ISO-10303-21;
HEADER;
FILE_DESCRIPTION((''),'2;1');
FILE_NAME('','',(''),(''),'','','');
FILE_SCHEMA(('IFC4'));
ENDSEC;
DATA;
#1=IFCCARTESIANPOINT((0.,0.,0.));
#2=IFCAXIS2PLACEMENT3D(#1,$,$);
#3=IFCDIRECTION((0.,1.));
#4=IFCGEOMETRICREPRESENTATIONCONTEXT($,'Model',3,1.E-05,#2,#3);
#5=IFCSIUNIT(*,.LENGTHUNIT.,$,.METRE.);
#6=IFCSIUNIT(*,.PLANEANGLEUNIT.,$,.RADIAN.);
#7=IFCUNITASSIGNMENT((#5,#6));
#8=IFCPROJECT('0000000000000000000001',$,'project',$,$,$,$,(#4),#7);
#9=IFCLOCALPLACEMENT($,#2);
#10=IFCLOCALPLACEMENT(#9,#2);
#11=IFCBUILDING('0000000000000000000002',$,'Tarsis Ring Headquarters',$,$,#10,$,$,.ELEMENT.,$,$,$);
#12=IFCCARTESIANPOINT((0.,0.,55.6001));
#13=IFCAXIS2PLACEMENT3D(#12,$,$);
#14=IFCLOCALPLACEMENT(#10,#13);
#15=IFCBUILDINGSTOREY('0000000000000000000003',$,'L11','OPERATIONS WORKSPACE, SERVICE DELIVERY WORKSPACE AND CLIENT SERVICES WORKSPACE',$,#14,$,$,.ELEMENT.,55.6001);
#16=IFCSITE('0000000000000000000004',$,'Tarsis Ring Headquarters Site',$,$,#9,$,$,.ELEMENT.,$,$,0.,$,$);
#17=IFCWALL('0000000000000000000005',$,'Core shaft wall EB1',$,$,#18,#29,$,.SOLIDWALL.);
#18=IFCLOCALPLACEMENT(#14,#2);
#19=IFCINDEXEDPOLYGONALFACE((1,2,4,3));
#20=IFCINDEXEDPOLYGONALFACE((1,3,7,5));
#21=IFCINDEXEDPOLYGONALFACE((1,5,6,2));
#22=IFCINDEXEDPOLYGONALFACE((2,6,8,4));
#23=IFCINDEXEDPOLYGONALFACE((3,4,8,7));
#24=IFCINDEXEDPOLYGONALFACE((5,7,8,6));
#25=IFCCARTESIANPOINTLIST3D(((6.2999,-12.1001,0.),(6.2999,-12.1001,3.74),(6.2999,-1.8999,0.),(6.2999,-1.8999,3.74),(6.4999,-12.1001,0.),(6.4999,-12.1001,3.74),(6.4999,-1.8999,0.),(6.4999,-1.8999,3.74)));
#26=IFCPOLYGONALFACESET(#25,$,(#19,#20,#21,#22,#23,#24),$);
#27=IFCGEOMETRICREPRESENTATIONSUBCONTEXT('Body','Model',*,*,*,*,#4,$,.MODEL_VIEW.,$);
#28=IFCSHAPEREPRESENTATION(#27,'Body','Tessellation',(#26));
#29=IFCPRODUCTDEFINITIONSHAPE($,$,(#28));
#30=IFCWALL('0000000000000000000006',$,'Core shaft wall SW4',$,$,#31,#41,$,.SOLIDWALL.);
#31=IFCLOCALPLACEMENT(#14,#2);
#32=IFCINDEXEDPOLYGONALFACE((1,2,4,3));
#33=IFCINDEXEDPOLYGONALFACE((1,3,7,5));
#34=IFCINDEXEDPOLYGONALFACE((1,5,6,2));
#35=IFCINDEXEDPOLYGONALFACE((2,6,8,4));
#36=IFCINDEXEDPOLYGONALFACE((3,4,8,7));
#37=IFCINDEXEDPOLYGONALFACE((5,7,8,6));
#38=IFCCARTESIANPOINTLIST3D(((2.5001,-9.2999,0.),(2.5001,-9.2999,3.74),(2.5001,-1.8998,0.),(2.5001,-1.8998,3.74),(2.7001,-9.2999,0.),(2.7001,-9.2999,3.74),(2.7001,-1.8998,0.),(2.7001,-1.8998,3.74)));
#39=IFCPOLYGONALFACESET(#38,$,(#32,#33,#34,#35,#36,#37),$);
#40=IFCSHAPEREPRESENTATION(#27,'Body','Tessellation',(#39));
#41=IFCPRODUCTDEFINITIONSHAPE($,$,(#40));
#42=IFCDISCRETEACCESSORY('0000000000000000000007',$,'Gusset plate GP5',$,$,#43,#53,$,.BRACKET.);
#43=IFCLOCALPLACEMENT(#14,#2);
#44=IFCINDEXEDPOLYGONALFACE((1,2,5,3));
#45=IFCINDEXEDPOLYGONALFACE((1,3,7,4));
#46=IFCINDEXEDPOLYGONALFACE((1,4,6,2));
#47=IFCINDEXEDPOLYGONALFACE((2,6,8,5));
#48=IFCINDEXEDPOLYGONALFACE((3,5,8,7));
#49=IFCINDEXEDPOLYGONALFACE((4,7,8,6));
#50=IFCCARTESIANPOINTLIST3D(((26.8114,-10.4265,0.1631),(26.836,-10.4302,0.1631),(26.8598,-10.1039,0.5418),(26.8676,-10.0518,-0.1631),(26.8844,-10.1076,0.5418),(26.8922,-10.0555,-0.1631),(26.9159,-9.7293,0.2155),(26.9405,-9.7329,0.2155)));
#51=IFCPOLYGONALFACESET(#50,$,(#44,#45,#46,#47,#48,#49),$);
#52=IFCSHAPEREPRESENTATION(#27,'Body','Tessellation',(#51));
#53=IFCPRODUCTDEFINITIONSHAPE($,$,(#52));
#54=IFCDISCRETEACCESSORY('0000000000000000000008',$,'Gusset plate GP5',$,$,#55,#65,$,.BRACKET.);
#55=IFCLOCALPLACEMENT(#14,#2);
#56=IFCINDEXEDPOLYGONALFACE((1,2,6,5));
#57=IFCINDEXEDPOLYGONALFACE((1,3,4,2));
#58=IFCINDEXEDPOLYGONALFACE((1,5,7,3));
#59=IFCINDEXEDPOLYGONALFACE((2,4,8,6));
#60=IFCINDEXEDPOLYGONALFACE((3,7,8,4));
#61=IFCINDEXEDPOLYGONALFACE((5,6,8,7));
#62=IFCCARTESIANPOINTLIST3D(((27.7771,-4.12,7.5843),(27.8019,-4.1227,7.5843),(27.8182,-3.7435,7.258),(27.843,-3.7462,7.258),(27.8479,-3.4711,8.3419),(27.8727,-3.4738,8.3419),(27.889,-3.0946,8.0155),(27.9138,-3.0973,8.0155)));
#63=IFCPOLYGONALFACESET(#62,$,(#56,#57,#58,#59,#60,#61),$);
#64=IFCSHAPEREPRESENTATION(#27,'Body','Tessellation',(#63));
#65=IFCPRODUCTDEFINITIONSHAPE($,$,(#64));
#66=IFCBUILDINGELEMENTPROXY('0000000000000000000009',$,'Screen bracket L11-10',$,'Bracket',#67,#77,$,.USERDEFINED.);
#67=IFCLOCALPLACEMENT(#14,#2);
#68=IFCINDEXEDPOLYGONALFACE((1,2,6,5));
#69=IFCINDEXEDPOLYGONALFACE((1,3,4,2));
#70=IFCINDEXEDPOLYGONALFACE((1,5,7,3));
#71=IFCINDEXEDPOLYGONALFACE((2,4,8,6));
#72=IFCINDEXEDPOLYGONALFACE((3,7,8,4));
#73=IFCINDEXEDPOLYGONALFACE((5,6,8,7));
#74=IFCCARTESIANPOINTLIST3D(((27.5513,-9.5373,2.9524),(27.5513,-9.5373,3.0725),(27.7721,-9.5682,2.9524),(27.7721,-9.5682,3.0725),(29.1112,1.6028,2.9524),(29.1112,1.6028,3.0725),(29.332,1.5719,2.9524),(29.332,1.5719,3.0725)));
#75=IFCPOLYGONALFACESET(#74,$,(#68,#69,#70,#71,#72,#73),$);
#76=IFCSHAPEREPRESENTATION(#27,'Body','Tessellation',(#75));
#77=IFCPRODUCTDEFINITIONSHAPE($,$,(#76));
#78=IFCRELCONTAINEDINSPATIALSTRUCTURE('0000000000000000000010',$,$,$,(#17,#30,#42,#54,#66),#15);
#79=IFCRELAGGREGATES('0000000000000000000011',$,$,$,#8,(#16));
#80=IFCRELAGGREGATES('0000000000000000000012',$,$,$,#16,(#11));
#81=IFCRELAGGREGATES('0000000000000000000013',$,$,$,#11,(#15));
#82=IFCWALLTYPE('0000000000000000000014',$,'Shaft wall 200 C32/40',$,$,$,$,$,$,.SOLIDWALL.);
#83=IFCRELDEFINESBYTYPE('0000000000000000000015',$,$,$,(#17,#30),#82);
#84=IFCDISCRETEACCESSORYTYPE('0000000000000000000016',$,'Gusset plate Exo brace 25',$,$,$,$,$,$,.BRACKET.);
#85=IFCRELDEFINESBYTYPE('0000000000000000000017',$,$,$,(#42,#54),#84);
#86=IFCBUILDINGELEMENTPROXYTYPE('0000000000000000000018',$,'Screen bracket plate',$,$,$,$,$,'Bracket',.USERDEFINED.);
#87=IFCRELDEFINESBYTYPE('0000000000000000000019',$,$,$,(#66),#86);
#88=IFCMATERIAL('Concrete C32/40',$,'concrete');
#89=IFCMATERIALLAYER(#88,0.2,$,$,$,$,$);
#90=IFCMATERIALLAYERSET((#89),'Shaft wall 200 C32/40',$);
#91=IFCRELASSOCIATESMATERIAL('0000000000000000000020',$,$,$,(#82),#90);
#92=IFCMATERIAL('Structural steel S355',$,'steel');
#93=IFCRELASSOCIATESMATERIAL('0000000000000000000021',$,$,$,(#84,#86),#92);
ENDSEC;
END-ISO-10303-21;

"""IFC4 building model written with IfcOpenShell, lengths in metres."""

from ifc_helpers import new_model, si_unit, direction, frame, frame_2d, origin, origin_2d, place, context, subcontext, project, spatial, rectangle, extrude, material, layer, layer_set, material_profile, profile_set, type_object, element, save


model = new_model("IFC4")

# Units and contexts
model_context = context("Model", 3, precision=1e-05, world=origin(), true_north=direction((0.0, 1.0)))
body_context = subcontext(model_context, "Body", "Model", "MODEL_VIEW")
ifc_project = project(units=[si_unit("LENGTHUNIT", "METRE"), si_unit("PLANEANGLEUNIT", "RADIAN")], contexts=[model_context])

# Site, building, storey
site_placement = place(None, origin())
site = spatial("IfcSite", under=ifc_project, at=site_placement, Name="Tarsis Ring Headquarters Site", CompositionType="ELEMENT", RefElevation=0.0)
building_placement = place(site_placement, origin())
building = spatial("IfcBuilding", under=site, at=building_placement, Name="Tarsis Ring Headquarters", CompositionType="ELEMENT")
storey_placement = place(building_placement, frame((0.0, 0.0, 55.6001)))
storey = spatial("IfcBuildingStorey", under=building, at=storey_placement, Name="L11", Description="OPERATIONS WORKSPACE, SERVICE DELIVERY WORKSPACE AND CLIENT SERVICES WORKSPACE", CompositionType="ELEMENT", Elevation=55.6001)

# Shared definitions
ifc_material_1 = material(Name="Structural steel S355", Category="steel")

# Walls
ifc_material_2 = material(Name="Concrete C32/40", Category="concrete")
ifc_layer_1 = layer(ifc_material_2, 0.2)
ifc_layer_set_1 = layer_set([ifc_layer_1], Name="Shaft wall 200 C32/40")
wall_type_1 = type_object("IfcWallType", Name="Shaft wall 200 C32/40", PredefinedType="SOLIDWALL", material=ifc_layer_set_1)
wall_1_placement = place(storey_placement, frame((6.3999, -12.1001, 0.0), z_axis=(0.0, 0.0, 1.0), x_axis=(0.0, 1.0, 0.0)))
element("IfcWall", 1, at=wall_1_placement, inside=storey, type_object=wall_type_1, Name="Core shaft wall EB1", PredefinedType="SOLIDWALL", context=body_context, shape_type="SweptSolid", body=[
    extrude(rectangle(XDim=10.2002, YDim=0.2, at=frame_2d((5.1001, 0.0))), origin(), (0.0, 0.0, 1.0), 3.74),
])
wall_2_placement = place(storey_placement, frame((2.6001, -9.3, 0.0), z_axis=(0.0, 0.0, 1.0), x_axis=(0.0, 1.0, 0.0)))
element("IfcWall", 2, at=wall_2_placement, inside=storey, type_object=wall_type_1, Name="Core shaft wall SW4", PredefinedType="SOLIDWALL", context=body_context, shape_type="SweptSolid", body=[
    extrude(rectangle(XDim=7.4001, YDim=0.2, at=frame_2d((3.7002, 0.0))), origin(), (0.0, 0.0, 1.0), 3.74),
])

# Discrete accessories
ifc_material_profile_1 = material_profile(ifc_material_1, rectangle(XDim=0.0249, YDim=0.5, at=origin_2d()), Name="PL 25x500")
ifc_profile_set_1 = profile_set([ifc_material_profile_1], Name="Structural steel S355")
discrete_accessory_type = type_object("IfcDiscreteAccessoryType", Name="Gusset plate Exo brace 25", PredefinedType="BRACKET", material=ifc_profile_set_1)
discrete_accessory_1_placement = place(storey_placement, frame((26.8518, -10.241, 0.0), z_axis=(0.096731, 0.645363, 0.757727), x_axis=(-0.988953, 0.148231, 0.0)))
element("IfcDiscreteAccessory", 3, at=discrete_accessory_1_placement, inside=storey, type_object=discrete_accessory_type, Name="Gusset plate GP5", PredefinedType="BRACKET", context=body_context, shape_type="SweptSolid", body=[
    extrude(rectangle(XDim=0.0249, YDim=0.5, at=origin_2d()), origin(), (0.0, 0.0, 1.0), 0.4998),
])
discrete_accessory_2_placement = place(storey_placement, frame((27.8101, -3.9331, 7.4211), z_axis=(0.0708, 0.648917, 0.757558), x_axis=(-0.994101, 0.108461, 0.0)))
element("IfcDiscreteAccessory", 4, at=discrete_accessory_2_placement, inside=storey, type_object=discrete_accessory_type, Name="Gusset plate GP5", PredefinedType="BRACKET", context=body_context, shape_type="SweptSolid", body=[
    extrude(rectangle(XDim=0.0249, YDim=0.5, at=origin_2d()), origin(), (0.0, 0.0, 1.0), 1.0),
])

# Building element proxy
building_element_proxy_type = type_object("IfcBuildingElementProxyType", Name="Screen bracket plate", ElementType="Bracket", PredefinedType="USERDEFINED", material=ifc_material_1)
proxy_placement = place(storey_placement, frame((28.4417, -3.9827, 2.9524), z_axis=(0.0, 0.0, 1.0), x_axis=(0.138676, 0.990338, 0.0)))
element("IfcBuildingElementProxy", 5, at=proxy_placement, inside=storey, type_object=building_element_proxy_type, Name="Screen bracket L11-10", ObjectType="Bracket", PredefinedType="USERDEFINED", context=body_context, shape_type="SweptSolid", body=[
    extrude(rectangle(XDim=11.2488, YDim=0.2229, at=origin_2d()), origin(), (0.0, 0.0, 1.0), 0.1201),
])

save(model, "model.ifc")
